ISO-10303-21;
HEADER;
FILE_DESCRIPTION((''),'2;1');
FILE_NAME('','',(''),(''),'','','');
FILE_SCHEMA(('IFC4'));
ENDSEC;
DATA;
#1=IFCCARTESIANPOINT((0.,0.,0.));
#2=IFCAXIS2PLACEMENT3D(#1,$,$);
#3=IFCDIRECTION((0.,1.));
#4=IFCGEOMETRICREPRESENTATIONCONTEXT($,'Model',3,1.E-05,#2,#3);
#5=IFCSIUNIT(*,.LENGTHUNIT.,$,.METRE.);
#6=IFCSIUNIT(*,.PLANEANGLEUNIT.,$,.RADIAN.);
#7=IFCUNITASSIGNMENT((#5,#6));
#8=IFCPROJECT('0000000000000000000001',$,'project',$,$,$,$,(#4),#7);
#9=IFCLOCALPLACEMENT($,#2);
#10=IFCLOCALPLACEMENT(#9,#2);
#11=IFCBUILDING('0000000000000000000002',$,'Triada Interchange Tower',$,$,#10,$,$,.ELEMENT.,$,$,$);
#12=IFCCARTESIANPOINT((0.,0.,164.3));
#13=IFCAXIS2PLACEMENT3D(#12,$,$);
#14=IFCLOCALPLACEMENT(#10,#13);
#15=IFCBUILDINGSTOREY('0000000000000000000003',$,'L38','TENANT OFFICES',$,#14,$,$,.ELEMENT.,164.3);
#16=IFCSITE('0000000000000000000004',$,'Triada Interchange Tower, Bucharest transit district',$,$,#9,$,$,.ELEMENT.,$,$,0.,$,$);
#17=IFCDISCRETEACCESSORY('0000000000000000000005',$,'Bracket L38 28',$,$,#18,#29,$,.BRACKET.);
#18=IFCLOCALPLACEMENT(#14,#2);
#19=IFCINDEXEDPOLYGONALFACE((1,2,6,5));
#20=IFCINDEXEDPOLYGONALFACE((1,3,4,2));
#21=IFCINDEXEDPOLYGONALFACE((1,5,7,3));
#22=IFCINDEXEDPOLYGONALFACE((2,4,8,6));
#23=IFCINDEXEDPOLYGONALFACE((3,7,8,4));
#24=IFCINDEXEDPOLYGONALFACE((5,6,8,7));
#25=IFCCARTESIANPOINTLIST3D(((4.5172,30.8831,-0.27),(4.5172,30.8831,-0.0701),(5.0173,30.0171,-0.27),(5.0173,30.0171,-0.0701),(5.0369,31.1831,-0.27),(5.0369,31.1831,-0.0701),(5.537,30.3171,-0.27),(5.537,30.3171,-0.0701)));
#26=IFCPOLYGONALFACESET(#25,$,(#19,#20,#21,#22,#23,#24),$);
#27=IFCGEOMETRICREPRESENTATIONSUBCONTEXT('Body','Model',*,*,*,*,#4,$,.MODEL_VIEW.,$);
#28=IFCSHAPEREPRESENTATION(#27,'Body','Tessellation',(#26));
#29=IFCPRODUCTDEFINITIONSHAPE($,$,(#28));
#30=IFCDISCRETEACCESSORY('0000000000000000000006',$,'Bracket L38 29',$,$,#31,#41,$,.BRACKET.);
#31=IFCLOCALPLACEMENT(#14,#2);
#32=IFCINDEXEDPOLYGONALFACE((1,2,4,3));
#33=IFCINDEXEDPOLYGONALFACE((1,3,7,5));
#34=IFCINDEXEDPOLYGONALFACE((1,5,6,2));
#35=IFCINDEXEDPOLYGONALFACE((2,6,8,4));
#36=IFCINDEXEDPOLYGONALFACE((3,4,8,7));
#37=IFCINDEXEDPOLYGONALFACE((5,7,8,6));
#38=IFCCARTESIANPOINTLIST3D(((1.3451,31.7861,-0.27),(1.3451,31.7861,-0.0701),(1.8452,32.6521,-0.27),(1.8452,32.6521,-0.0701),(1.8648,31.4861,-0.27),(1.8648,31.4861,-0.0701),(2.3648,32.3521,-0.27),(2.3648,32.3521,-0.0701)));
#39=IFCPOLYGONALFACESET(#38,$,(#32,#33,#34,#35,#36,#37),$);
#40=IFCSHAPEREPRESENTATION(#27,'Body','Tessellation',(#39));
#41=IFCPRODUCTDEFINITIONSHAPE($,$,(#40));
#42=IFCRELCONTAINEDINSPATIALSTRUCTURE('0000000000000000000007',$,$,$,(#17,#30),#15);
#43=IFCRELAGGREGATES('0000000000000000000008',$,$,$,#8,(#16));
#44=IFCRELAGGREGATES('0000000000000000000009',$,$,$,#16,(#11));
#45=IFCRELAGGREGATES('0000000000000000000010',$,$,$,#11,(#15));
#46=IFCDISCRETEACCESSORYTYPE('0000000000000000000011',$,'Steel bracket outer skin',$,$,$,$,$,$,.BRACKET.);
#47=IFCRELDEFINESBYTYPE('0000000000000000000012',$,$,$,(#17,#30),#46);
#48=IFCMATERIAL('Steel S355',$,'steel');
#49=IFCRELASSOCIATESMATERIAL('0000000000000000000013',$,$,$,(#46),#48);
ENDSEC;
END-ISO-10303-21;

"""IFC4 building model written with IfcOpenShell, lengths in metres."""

from ifc_helpers import new_model, si_unit, direction, frame, origin, origin_2d, place, context, subcontext, project, spatial, rectangle, extrude, material, type_object, element, save


model = new_model("IFC4")

# Units and contexts
model_context = context("Model", 3, precision=1e-05, world=origin(), true_north=direction((0.0, 1.0)))
body_context = subcontext(model_context, "Body", "Model", "MODEL_VIEW")
ifc_project = project(units=[si_unit("LENGTHUNIT", "METRE"), si_unit("PLANEANGLEUNIT", "RADIAN")], contexts=[model_context])

# Site, building, storey
site_placement = place(None, origin())
site = spatial("IfcSite", under=ifc_project, at=site_placement, Name="Triada Interchange Tower, Bucharest transit district", CompositionType="ELEMENT", RefElevation=0.0)
building_placement = place(site_placement, origin())
building = spatial("IfcBuilding", under=site, at=building_placement, Name="Triada Interchange Tower", CompositionType="ELEMENT")
storey_placement = place(building_placement, frame((0.0, 0.0, 164.3)))
storey = spatial("IfcBuildingStorey", under=building, at=storey_placement, Name="L38", Description="TENANT OFFICES", CompositionType="ELEMENT", Elevation=164.3)

# Discrete accessories
ifc_material_1 = material(Name="Steel S355", Category="steel")
discrete_accessory_type = type_object("IfcDiscreteAccessoryType", Name="Steel bracket outer skin", PredefinedType="BRACKET", material=ifc_material_1)
for number, where, z_axis, x_axis, name in (
    (1, (5.0271, 30.6001, -0.27), (0.0, 0.0, 1.0), (0.866023, 0.500005, 0.0), "Bracket L38 28"),
    (2, (1.855, 32.0691, -0.27), (0.0, 0.0, 1.0), (-0.866001, 0.500043, 0.0), "Bracket L38 29"),
):
    element("IfcDiscreteAccessory", number, at=place(storey_placement, frame(where, z_axis=z_axis, x_axis=x_axis)), inside=storey, type_object=discrete_accessory_type, Name=name, PredefinedType="BRACKET", context=body_context, shape_type="SweptSolid", body=[
        extrude(rectangle(XDim=0.6001, YDim=1.0, at=origin_2d()), origin(), (0.0, 0.0, 1.0), 0.2),
    ])

save(model, "model.ifc")
